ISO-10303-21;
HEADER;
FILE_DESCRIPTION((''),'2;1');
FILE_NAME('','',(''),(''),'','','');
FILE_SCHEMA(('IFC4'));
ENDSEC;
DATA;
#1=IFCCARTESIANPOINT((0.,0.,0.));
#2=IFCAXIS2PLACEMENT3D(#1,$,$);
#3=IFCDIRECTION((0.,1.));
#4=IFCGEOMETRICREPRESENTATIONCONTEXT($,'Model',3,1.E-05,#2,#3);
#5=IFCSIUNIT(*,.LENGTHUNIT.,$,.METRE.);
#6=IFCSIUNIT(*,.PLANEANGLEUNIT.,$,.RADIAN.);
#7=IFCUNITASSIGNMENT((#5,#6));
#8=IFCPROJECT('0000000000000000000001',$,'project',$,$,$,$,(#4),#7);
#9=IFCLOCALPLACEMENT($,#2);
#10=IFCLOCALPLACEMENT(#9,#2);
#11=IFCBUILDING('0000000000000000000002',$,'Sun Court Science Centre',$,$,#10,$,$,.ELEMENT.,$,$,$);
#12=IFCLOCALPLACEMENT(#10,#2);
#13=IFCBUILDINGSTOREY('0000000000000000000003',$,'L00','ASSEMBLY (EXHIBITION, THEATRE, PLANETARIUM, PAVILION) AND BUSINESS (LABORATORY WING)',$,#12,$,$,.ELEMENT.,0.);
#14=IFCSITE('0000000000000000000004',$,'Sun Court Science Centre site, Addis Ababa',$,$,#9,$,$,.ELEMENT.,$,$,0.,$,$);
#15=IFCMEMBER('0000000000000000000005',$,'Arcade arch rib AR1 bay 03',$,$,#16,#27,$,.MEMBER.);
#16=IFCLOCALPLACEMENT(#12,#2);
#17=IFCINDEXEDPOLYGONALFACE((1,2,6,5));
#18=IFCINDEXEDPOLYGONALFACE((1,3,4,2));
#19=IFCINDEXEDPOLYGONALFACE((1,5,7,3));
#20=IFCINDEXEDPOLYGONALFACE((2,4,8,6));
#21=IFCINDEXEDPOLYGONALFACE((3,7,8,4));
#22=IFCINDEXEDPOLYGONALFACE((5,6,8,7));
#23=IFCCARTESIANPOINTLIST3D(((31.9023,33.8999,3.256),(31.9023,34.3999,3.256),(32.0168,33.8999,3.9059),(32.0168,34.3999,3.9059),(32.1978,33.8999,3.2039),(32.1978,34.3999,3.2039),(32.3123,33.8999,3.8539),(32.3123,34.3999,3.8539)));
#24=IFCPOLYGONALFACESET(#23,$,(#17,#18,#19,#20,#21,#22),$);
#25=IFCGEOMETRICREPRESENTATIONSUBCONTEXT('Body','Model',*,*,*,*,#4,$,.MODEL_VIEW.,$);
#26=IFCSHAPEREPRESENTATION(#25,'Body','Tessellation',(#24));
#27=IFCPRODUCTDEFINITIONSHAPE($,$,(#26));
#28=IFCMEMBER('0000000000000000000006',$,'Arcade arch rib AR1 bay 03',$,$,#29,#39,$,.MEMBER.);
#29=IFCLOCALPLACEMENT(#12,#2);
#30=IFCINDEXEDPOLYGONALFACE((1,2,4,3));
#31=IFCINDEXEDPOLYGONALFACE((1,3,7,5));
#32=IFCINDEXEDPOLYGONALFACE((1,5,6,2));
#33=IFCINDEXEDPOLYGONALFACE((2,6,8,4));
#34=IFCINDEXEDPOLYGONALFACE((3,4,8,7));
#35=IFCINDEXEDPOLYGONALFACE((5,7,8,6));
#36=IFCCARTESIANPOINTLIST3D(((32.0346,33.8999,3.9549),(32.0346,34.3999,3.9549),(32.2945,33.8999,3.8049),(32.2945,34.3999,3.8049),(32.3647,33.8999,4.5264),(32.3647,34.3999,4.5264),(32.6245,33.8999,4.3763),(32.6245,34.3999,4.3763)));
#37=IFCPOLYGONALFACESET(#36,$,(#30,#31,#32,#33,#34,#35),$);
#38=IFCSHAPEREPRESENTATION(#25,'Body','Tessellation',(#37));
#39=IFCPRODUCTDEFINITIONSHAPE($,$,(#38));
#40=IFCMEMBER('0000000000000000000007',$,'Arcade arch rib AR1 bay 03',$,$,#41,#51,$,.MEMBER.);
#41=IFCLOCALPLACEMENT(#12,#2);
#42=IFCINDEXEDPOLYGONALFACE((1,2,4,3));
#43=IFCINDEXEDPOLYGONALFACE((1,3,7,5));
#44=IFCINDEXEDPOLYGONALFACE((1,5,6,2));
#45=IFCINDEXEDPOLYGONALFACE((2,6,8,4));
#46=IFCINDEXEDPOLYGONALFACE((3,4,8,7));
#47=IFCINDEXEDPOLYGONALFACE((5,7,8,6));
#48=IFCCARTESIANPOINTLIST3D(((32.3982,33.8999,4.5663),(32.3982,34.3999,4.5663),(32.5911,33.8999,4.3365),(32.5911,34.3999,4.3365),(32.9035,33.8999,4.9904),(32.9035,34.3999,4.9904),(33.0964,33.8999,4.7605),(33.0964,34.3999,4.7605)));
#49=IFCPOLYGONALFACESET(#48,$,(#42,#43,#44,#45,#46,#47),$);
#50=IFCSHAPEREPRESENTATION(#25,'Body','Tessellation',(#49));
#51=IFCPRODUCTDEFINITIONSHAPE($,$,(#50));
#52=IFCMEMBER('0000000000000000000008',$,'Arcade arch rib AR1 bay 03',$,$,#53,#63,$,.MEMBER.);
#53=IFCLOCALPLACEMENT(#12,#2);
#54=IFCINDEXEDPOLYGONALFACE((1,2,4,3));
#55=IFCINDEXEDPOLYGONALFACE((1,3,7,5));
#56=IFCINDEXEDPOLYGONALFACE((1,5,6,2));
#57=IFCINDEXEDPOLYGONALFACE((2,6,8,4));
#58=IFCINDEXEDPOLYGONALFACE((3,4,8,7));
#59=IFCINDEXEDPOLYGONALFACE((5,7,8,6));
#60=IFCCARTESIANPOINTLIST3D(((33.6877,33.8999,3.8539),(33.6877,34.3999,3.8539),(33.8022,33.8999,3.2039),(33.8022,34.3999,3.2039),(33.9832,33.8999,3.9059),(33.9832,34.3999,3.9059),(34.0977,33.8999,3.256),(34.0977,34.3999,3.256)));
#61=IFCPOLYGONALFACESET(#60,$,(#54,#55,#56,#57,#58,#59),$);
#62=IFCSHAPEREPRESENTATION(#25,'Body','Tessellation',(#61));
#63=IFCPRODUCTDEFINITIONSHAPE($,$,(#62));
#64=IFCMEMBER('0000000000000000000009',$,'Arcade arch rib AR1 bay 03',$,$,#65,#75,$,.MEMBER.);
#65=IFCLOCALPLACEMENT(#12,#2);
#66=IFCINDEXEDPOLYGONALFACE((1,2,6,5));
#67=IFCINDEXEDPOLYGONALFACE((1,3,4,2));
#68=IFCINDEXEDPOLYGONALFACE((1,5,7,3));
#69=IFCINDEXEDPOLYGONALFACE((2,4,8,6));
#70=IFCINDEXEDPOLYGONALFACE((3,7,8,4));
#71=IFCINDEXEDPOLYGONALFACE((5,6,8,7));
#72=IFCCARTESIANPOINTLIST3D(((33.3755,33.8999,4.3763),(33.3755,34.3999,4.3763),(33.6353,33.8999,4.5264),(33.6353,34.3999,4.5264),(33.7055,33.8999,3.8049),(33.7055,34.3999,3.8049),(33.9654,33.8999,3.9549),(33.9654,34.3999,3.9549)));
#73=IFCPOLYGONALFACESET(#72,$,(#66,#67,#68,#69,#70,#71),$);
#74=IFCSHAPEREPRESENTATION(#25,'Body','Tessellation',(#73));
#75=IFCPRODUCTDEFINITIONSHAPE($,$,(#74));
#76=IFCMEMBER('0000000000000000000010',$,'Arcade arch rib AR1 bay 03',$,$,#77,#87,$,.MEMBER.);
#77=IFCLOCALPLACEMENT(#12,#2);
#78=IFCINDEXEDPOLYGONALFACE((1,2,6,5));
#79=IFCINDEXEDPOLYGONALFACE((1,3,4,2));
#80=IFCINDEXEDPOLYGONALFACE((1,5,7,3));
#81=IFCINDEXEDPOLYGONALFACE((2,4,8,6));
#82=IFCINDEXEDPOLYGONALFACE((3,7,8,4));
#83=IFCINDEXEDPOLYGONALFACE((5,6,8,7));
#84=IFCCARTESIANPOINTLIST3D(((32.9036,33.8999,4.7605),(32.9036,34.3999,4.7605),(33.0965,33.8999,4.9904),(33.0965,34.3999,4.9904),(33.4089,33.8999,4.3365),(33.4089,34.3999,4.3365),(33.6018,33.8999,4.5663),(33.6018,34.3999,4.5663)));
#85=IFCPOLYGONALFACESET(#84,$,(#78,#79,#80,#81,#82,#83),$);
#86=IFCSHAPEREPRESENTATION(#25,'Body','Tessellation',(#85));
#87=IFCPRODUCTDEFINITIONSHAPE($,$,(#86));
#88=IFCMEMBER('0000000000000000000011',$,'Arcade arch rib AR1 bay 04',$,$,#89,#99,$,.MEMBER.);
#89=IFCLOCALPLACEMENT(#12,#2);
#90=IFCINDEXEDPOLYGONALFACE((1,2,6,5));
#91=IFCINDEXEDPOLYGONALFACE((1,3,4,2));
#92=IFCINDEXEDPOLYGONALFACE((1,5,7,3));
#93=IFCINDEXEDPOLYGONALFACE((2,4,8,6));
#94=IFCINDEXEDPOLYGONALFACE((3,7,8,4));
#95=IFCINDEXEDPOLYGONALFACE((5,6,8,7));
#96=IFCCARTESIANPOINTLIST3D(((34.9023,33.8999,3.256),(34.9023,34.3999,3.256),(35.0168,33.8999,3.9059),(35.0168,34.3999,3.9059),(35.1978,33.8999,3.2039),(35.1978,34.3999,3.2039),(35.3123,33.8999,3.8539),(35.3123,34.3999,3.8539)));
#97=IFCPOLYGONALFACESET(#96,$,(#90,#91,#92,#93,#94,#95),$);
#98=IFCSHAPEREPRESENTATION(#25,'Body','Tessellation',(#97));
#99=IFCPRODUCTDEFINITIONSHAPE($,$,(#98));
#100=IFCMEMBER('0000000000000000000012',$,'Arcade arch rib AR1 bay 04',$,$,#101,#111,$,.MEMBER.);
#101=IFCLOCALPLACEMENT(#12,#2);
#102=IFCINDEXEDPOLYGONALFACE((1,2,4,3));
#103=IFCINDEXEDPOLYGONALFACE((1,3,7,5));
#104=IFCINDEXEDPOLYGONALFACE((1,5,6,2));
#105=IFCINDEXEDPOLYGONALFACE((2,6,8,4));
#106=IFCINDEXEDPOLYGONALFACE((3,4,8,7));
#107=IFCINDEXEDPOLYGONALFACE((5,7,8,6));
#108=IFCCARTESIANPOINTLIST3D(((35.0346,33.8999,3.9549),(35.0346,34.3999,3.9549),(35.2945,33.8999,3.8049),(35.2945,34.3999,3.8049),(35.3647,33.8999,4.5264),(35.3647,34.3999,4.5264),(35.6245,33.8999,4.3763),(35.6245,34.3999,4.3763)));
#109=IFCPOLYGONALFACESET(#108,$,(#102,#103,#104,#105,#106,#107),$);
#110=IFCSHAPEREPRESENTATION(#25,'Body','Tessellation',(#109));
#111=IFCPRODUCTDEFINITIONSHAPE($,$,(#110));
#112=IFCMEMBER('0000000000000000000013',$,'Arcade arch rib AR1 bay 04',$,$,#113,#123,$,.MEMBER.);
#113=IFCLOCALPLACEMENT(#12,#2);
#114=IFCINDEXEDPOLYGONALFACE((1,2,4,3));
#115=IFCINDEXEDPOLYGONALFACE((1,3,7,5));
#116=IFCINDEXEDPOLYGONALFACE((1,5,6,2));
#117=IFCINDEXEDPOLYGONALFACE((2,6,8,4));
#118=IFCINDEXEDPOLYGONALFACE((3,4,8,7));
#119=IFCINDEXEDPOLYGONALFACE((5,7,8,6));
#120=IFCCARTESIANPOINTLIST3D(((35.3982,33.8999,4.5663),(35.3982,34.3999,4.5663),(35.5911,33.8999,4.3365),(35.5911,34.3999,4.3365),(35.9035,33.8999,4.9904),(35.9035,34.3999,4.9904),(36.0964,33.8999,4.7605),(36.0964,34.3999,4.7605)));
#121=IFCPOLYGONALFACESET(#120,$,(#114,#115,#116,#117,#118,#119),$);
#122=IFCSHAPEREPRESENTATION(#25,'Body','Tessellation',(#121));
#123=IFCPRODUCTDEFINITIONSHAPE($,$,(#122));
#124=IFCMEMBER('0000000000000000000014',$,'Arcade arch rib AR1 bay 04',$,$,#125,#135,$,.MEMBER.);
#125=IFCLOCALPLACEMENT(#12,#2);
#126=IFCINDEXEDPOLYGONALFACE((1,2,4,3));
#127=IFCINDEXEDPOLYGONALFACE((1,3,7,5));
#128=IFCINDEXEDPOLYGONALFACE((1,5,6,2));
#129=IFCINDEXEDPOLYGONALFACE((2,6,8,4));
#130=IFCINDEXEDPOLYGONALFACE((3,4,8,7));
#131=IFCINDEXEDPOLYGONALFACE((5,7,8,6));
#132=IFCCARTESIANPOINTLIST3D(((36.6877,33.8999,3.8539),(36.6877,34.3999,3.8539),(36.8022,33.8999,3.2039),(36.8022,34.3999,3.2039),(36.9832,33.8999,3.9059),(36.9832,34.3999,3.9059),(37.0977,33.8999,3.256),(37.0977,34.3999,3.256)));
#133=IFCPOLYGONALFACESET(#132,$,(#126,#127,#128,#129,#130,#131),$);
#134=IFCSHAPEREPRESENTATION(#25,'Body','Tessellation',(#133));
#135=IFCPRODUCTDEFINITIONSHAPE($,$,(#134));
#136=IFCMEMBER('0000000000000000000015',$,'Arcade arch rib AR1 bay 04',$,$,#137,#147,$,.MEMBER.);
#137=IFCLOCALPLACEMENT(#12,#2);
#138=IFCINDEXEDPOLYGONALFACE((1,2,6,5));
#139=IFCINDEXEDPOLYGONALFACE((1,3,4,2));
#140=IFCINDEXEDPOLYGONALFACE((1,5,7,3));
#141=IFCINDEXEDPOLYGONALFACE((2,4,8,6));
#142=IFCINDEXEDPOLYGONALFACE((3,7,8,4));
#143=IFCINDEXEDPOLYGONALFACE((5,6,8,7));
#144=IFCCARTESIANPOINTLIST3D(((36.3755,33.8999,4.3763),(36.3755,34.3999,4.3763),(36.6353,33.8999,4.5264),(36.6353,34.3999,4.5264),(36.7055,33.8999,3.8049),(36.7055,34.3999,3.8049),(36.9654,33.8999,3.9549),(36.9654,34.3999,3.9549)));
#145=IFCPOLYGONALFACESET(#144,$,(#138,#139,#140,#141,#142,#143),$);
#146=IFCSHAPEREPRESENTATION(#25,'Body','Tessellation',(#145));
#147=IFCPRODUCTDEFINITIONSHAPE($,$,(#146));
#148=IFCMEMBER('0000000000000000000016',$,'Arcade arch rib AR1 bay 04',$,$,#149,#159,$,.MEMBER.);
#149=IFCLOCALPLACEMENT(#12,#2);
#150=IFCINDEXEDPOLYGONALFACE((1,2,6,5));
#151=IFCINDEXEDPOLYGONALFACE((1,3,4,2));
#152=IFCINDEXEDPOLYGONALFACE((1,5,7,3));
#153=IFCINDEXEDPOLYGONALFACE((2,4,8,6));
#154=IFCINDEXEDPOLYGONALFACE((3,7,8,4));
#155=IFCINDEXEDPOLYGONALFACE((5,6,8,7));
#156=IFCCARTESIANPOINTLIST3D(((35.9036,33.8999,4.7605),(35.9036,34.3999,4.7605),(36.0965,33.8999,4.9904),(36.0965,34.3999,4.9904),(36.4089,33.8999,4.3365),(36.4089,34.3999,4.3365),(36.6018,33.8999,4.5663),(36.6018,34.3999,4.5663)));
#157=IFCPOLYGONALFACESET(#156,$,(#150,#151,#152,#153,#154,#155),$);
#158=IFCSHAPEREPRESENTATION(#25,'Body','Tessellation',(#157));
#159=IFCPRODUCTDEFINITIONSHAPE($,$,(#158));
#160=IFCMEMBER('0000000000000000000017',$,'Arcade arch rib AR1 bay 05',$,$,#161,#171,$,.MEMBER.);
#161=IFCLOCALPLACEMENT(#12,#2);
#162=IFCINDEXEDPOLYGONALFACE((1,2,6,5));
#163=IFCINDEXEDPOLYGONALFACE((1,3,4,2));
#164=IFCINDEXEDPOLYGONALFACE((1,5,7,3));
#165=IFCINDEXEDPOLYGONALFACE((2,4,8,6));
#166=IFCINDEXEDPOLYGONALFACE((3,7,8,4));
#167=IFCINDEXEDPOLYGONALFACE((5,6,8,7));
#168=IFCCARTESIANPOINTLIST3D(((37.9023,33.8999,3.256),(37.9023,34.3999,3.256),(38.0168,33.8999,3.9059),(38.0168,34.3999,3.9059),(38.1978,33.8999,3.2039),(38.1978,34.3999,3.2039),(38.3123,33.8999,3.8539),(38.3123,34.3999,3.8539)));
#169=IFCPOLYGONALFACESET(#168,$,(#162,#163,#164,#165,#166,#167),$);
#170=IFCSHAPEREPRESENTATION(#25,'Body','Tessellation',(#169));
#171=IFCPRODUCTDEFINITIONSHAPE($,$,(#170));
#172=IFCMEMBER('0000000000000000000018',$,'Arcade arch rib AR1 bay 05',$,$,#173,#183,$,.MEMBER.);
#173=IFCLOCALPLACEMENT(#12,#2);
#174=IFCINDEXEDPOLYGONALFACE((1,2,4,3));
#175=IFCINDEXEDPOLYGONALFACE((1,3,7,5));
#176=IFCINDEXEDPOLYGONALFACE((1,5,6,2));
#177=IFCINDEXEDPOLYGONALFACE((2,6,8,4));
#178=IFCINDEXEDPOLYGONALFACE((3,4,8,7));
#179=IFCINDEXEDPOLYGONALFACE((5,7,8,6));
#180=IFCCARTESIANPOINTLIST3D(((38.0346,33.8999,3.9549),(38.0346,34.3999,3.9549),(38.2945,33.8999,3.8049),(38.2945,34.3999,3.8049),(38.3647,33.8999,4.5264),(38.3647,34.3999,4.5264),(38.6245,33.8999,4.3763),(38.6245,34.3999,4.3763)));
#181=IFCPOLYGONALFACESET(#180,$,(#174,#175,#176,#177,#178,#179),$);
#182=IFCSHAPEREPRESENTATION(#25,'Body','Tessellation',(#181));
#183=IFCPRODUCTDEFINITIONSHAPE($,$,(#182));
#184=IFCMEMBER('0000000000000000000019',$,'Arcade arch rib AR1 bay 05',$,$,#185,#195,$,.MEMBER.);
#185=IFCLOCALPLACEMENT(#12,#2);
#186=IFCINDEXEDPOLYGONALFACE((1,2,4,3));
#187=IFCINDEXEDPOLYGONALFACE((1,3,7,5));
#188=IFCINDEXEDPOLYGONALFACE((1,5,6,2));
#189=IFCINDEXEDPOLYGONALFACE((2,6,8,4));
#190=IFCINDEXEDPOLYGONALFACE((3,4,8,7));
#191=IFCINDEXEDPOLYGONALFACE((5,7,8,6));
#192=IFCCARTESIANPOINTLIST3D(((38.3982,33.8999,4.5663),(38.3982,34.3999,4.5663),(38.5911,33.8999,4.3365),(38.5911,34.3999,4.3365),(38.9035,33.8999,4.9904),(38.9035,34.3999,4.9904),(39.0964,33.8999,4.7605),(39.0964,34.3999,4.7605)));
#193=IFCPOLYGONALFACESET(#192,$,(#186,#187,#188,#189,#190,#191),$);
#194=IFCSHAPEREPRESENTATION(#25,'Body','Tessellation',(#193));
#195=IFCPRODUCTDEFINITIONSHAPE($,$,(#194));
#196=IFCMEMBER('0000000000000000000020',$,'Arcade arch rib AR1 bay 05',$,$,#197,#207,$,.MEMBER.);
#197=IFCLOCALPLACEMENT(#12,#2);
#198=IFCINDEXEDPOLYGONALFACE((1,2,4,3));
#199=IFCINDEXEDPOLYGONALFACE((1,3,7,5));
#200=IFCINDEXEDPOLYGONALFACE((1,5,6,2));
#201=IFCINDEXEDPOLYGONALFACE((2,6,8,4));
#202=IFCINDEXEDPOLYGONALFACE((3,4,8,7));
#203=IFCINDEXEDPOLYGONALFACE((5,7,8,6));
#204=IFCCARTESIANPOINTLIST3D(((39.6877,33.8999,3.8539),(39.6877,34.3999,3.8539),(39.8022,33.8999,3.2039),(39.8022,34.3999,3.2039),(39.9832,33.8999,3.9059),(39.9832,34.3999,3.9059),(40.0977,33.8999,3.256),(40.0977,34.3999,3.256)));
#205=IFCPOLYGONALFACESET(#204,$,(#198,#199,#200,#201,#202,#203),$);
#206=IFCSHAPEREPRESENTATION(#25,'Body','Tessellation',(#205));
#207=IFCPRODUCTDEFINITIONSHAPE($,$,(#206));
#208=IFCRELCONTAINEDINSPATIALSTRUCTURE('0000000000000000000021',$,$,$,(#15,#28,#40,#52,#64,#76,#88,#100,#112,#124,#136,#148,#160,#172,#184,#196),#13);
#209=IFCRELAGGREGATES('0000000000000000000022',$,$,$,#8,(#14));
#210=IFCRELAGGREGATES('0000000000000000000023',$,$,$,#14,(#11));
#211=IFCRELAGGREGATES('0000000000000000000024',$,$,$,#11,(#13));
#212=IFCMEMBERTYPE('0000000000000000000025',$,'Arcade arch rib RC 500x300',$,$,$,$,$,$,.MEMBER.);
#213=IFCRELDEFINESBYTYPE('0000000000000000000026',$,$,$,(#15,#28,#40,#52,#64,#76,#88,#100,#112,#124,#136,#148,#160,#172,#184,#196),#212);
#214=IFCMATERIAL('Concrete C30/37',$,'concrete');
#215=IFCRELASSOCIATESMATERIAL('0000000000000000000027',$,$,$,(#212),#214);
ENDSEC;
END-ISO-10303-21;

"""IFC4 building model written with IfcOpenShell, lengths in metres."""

from ifc_helpers import new_model, si_unit, direction, frame, origin, origin_2d, place, context, subcontext, project, spatial, rectangle, extrude, material, material_profile, profile_set, type_object, element, save


model = new_model("IFC4")

# Units and contexts
model_context = context("Model", 3, precision=1e-05, world=origin(), true_north=direction((0.0, 1.0)))
body_context = subcontext(model_context, "Body", "Model", "MODEL_VIEW")
ifc_project = project(units=[si_unit("LENGTHUNIT", "METRE"), si_unit("PLANEANGLEUNIT", "RADIAN")], contexts=[model_context])

# Site, building, storey
site_placement = place(None, origin())
site = spatial("IfcSite", under=ifc_project, at=site_placement, Name="Sun Court Science Centre site, Addis Ababa", CompositionType="ELEMENT", RefElevation=0.0)
building_placement = place(site_placement, origin())
building = spatial("IfcBuilding", under=site, at=building_placement, Name="Sun Court Science Centre", CompositionType="ELEMENT")
storey_placement = place(building_placement, origin())
storey = spatial("IfcBuildingStorey", under=building, at=storey_placement, Name="L00", Description="ASSEMBLY (EXHIBITION, THEATRE, PLANETARIUM, PAVILION) AND BUSINESS (LABORATORY WING)", CompositionType="ELEMENT", Elevation=0.0)

# Members
ifc_material_1 = material(Name="Concrete C30/37", Category="concrete")
ifc_material_profile_1 = material_profile(ifc_material_1, rectangle(XDim=0.5, YDim=0.3, at=origin_2d()), Name="RC 500x300")
ifc_profile_set_1 = profile_set([ifc_material_profile_1], Name="Concrete C30/37")
member_type_1 = type_object("IfcMemberType", Name="Arcade arch rib RC 500x300", PredefinedType="MEMBER", material=ifc_profile_set_1)
for number, where, z_axis, x_axis, name in (
    (1, (32.05, 34.1499, 3.23), (0.173511, 0.0, 0.984832), (0.0, 1.0, 0.0), "Arcade arch rib AR1 bay 03"),
    (2, (32.1646, 34.1499, 3.8799), (0.500117, 0.0, 0.865958), (0.0, 1.0, 0.0), "Arcade arch rib AR1 bay 03"),
):
    element("IfcMember", number, at=place(storey_placement, frame(where, z_axis=z_axis, x_axis=x_axis)), inside=storey, type_object=member_type_1, Name=name, PredefinedType="MEMBER", context=body_context, shape_type="SweptSolid", body=[
        extrude(rectangle(XDim=0.5, YDim=0.3, at=origin_2d()), origin(), (0.0, 0.0, 1.0), 0.6599),
    ])
member_1_placement = place(storey_placement, frame((32.4946, 34.1499, 4.4514), z_axis=(0.766033, 0.0, 0.642801), x_axis=(0.0, 1.0, 0.0)))
element("IfcMember", 3, at=member_1_placement, inside=storey, type_object=member_type_1, Name="Arcade arch rib AR1 bay 03", PredefinedType="MEMBER", context=body_context, shape_type="SweptSolid", body=[
    extrude(rectangle(XDim=0.5, YDim=0.3, at=origin_2d()), origin(), (0.0, 0.0, 1.0), 0.6597),
])
for number, where, z_axis, x_axis, name in (
    (4, (33.95, 34.1499, 3.23), (-0.173511, 0.0, 0.984832), (0.0, -1.0, 0.0), "Arcade arch rib AR1 bay 03"),
    (5, (33.8354, 34.1499, 3.8799), (-0.500117, 0.0, 0.865958), (0.0, -1.0, 0.0), "Arcade arch rib AR1 bay 03"),
):
    element("IfcMember", number, at=place(storey_placement, frame(where, z_axis=z_axis, x_axis=x_axis)), inside=storey, type_object=member_type_1, Name=name, PredefinedType="MEMBER", context=body_context, shape_type="SweptSolid", body=[
        extrude(rectangle(XDim=0.5, YDim=0.3, at=origin_2d()), origin(), (0.0, 0.0, 1.0), 0.6599),
    ])
member_2_placement = place(storey_placement, frame((33.5054, 34.1499, 4.4514), z_axis=(-0.766033, 0.0, 0.642801), x_axis=(0.0, -1.0, 0.0)))
element("IfcMember", 6, at=member_2_placement, inside=storey, type_object=member_type_1, Name="Arcade arch rib AR1 bay 03", PredefinedType="MEMBER", context=body_context, shape_type="SweptSolid", body=[
    extrude(rectangle(XDim=0.5, YDim=0.3, at=origin_2d()), origin(), (0.0, 0.0, 1.0), 0.6597),
])
for number, where, z_axis, x_axis, name in (
    (7, (35.05, 34.1499, 3.23), (0.173511, 0.0, 0.984832), (0.0, 1.0, 0.0), "Arcade arch rib AR1 bay 04"),
    (8, (35.1646, 34.1499, 3.8799), (0.500117, 0.0, 0.865958), (0.0, 1.0, 0.0), "Arcade arch rib AR1 bay 04"),
):
    element("IfcMember", number, at=place(storey_placement, frame(where, z_axis=z_axis, x_axis=x_axis)), inside=storey, type_object=member_type_1, Name=name, PredefinedType="MEMBER", context=body_context, shape_type="SweptSolid", body=[
        extrude(rectangle(XDim=0.5, YDim=0.3, at=origin_2d()), origin(), (0.0, 0.0, 1.0), 0.6599),
    ])
member_3_placement = place(storey_placement, frame((35.4946, 34.1499, 4.4514), z_axis=(0.766033, 0.0, 0.642801), x_axis=(0.0, 1.0, 0.0)))
element("IfcMember", 9, at=member_3_placement, inside=storey, type_object=member_type_1, Name="Arcade arch rib AR1 bay 04", PredefinedType="MEMBER", context=body_context, shape_type="SweptSolid", body=[
    extrude(rectangle(XDim=0.5, YDim=0.3, at=origin_2d()), origin(), (0.0, 0.0, 1.0), 0.6597),
])
for number, where, z_axis, x_axis, name in (
    (10, (36.95, 34.1499, 3.23), (-0.173511, 0.0, 0.984832), (0.0, -1.0, 0.0), "Arcade arch rib AR1 bay 04"),
    (11, (36.8354, 34.1499, 3.8799), (-0.500117, 0.0, 0.865958), (0.0, -1.0, 0.0), "Arcade arch rib AR1 bay 04"),
):
    element("IfcMember", number, at=place(storey_placement, frame(where, z_axis=z_axis, x_axis=x_axis)), inside=storey, type_object=member_type_1, Name=name, PredefinedType="MEMBER", context=body_context, shape_type="SweptSolid", body=[
        extrude(rectangle(XDim=0.5, YDim=0.3, at=origin_2d()), origin(), (0.0, 0.0, 1.0), 0.6599),
    ])
member_4_placement = place(storey_placement, frame((36.5054, 34.1499, 4.4514), z_axis=(-0.766033, 0.0, 0.642801), x_axis=(0.0, -1.0, 0.0)))
element("IfcMember", 12, at=member_4_placement, inside=storey, type_object=member_type_1, Name="Arcade arch rib AR1 bay 04", PredefinedType="MEMBER", context=body_context, shape_type="SweptSolid", body=[
    extrude(rectangle(XDim=0.5, YDim=0.3, at=origin_2d()), origin(), (0.0, 0.0, 1.0), 0.6597),
])
for number, where, z_axis, x_axis, name in (
    (13, (38.05, 34.1499, 3.23), (0.173511, 0.0, 0.984832), (0.0, 1.0, 0.0), "Arcade arch rib AR1 bay 05"),
    (14, (38.1646, 34.1499, 3.8799), (0.500117, 0.0, 0.865958), (0.0, 1.0, 0.0), "Arcade arch rib AR1 bay 05"),
):
    element("IfcMember", number, at=place(storey_placement, frame(where, z_axis=z_axis, x_axis=x_axis)), inside=storey, type_object=member_type_1, Name=name, PredefinedType="MEMBER", context=body_context, shape_type="SweptSolid", body=[
        extrude(rectangle(XDim=0.5, YDim=0.3, at=origin_2d()), origin(), (0.0, 0.0, 1.0), 0.6599),
    ])
member_5_placement = place(storey_placement, frame((38.4946, 34.1499, 4.4514), z_axis=(0.766033, 0.0, 0.642801), x_axis=(0.0, 1.0, 0.0)))
element("IfcMember", 15, at=member_5_placement, inside=storey, type_object=member_type_1, Name="Arcade arch rib AR1 bay 05", PredefinedType="MEMBER", context=body_context, shape_type="SweptSolid", body=[
    extrude(rectangle(XDim=0.5, YDim=0.3, at=origin_2d()), origin(), (0.0, 0.0, 1.0), 0.6597),
])
for number, where, z_axis, x_axis, name in (
    (16, (39.95, 34.1499, 3.23), (-0.173511, 0.0, 0.984832), (0.0, -1.0, 0.0), "Arcade arch rib AR1 bay 05"),
):
    element("IfcMember", number, at=place(storey_placement, frame(where, z_axis=z_axis, x_axis=x_axis)), inside=storey, type_object=member_type_1, Name=name, PredefinedType="MEMBER", context=body_context, shape_type="SweptSolid", body=[
        extrude(rectangle(XDim=0.5, YDim=0.3, at=origin_2d()), origin(), (0.0, 0.0, 1.0), 0.6599),
    ])

save(model, "model.ifc")
